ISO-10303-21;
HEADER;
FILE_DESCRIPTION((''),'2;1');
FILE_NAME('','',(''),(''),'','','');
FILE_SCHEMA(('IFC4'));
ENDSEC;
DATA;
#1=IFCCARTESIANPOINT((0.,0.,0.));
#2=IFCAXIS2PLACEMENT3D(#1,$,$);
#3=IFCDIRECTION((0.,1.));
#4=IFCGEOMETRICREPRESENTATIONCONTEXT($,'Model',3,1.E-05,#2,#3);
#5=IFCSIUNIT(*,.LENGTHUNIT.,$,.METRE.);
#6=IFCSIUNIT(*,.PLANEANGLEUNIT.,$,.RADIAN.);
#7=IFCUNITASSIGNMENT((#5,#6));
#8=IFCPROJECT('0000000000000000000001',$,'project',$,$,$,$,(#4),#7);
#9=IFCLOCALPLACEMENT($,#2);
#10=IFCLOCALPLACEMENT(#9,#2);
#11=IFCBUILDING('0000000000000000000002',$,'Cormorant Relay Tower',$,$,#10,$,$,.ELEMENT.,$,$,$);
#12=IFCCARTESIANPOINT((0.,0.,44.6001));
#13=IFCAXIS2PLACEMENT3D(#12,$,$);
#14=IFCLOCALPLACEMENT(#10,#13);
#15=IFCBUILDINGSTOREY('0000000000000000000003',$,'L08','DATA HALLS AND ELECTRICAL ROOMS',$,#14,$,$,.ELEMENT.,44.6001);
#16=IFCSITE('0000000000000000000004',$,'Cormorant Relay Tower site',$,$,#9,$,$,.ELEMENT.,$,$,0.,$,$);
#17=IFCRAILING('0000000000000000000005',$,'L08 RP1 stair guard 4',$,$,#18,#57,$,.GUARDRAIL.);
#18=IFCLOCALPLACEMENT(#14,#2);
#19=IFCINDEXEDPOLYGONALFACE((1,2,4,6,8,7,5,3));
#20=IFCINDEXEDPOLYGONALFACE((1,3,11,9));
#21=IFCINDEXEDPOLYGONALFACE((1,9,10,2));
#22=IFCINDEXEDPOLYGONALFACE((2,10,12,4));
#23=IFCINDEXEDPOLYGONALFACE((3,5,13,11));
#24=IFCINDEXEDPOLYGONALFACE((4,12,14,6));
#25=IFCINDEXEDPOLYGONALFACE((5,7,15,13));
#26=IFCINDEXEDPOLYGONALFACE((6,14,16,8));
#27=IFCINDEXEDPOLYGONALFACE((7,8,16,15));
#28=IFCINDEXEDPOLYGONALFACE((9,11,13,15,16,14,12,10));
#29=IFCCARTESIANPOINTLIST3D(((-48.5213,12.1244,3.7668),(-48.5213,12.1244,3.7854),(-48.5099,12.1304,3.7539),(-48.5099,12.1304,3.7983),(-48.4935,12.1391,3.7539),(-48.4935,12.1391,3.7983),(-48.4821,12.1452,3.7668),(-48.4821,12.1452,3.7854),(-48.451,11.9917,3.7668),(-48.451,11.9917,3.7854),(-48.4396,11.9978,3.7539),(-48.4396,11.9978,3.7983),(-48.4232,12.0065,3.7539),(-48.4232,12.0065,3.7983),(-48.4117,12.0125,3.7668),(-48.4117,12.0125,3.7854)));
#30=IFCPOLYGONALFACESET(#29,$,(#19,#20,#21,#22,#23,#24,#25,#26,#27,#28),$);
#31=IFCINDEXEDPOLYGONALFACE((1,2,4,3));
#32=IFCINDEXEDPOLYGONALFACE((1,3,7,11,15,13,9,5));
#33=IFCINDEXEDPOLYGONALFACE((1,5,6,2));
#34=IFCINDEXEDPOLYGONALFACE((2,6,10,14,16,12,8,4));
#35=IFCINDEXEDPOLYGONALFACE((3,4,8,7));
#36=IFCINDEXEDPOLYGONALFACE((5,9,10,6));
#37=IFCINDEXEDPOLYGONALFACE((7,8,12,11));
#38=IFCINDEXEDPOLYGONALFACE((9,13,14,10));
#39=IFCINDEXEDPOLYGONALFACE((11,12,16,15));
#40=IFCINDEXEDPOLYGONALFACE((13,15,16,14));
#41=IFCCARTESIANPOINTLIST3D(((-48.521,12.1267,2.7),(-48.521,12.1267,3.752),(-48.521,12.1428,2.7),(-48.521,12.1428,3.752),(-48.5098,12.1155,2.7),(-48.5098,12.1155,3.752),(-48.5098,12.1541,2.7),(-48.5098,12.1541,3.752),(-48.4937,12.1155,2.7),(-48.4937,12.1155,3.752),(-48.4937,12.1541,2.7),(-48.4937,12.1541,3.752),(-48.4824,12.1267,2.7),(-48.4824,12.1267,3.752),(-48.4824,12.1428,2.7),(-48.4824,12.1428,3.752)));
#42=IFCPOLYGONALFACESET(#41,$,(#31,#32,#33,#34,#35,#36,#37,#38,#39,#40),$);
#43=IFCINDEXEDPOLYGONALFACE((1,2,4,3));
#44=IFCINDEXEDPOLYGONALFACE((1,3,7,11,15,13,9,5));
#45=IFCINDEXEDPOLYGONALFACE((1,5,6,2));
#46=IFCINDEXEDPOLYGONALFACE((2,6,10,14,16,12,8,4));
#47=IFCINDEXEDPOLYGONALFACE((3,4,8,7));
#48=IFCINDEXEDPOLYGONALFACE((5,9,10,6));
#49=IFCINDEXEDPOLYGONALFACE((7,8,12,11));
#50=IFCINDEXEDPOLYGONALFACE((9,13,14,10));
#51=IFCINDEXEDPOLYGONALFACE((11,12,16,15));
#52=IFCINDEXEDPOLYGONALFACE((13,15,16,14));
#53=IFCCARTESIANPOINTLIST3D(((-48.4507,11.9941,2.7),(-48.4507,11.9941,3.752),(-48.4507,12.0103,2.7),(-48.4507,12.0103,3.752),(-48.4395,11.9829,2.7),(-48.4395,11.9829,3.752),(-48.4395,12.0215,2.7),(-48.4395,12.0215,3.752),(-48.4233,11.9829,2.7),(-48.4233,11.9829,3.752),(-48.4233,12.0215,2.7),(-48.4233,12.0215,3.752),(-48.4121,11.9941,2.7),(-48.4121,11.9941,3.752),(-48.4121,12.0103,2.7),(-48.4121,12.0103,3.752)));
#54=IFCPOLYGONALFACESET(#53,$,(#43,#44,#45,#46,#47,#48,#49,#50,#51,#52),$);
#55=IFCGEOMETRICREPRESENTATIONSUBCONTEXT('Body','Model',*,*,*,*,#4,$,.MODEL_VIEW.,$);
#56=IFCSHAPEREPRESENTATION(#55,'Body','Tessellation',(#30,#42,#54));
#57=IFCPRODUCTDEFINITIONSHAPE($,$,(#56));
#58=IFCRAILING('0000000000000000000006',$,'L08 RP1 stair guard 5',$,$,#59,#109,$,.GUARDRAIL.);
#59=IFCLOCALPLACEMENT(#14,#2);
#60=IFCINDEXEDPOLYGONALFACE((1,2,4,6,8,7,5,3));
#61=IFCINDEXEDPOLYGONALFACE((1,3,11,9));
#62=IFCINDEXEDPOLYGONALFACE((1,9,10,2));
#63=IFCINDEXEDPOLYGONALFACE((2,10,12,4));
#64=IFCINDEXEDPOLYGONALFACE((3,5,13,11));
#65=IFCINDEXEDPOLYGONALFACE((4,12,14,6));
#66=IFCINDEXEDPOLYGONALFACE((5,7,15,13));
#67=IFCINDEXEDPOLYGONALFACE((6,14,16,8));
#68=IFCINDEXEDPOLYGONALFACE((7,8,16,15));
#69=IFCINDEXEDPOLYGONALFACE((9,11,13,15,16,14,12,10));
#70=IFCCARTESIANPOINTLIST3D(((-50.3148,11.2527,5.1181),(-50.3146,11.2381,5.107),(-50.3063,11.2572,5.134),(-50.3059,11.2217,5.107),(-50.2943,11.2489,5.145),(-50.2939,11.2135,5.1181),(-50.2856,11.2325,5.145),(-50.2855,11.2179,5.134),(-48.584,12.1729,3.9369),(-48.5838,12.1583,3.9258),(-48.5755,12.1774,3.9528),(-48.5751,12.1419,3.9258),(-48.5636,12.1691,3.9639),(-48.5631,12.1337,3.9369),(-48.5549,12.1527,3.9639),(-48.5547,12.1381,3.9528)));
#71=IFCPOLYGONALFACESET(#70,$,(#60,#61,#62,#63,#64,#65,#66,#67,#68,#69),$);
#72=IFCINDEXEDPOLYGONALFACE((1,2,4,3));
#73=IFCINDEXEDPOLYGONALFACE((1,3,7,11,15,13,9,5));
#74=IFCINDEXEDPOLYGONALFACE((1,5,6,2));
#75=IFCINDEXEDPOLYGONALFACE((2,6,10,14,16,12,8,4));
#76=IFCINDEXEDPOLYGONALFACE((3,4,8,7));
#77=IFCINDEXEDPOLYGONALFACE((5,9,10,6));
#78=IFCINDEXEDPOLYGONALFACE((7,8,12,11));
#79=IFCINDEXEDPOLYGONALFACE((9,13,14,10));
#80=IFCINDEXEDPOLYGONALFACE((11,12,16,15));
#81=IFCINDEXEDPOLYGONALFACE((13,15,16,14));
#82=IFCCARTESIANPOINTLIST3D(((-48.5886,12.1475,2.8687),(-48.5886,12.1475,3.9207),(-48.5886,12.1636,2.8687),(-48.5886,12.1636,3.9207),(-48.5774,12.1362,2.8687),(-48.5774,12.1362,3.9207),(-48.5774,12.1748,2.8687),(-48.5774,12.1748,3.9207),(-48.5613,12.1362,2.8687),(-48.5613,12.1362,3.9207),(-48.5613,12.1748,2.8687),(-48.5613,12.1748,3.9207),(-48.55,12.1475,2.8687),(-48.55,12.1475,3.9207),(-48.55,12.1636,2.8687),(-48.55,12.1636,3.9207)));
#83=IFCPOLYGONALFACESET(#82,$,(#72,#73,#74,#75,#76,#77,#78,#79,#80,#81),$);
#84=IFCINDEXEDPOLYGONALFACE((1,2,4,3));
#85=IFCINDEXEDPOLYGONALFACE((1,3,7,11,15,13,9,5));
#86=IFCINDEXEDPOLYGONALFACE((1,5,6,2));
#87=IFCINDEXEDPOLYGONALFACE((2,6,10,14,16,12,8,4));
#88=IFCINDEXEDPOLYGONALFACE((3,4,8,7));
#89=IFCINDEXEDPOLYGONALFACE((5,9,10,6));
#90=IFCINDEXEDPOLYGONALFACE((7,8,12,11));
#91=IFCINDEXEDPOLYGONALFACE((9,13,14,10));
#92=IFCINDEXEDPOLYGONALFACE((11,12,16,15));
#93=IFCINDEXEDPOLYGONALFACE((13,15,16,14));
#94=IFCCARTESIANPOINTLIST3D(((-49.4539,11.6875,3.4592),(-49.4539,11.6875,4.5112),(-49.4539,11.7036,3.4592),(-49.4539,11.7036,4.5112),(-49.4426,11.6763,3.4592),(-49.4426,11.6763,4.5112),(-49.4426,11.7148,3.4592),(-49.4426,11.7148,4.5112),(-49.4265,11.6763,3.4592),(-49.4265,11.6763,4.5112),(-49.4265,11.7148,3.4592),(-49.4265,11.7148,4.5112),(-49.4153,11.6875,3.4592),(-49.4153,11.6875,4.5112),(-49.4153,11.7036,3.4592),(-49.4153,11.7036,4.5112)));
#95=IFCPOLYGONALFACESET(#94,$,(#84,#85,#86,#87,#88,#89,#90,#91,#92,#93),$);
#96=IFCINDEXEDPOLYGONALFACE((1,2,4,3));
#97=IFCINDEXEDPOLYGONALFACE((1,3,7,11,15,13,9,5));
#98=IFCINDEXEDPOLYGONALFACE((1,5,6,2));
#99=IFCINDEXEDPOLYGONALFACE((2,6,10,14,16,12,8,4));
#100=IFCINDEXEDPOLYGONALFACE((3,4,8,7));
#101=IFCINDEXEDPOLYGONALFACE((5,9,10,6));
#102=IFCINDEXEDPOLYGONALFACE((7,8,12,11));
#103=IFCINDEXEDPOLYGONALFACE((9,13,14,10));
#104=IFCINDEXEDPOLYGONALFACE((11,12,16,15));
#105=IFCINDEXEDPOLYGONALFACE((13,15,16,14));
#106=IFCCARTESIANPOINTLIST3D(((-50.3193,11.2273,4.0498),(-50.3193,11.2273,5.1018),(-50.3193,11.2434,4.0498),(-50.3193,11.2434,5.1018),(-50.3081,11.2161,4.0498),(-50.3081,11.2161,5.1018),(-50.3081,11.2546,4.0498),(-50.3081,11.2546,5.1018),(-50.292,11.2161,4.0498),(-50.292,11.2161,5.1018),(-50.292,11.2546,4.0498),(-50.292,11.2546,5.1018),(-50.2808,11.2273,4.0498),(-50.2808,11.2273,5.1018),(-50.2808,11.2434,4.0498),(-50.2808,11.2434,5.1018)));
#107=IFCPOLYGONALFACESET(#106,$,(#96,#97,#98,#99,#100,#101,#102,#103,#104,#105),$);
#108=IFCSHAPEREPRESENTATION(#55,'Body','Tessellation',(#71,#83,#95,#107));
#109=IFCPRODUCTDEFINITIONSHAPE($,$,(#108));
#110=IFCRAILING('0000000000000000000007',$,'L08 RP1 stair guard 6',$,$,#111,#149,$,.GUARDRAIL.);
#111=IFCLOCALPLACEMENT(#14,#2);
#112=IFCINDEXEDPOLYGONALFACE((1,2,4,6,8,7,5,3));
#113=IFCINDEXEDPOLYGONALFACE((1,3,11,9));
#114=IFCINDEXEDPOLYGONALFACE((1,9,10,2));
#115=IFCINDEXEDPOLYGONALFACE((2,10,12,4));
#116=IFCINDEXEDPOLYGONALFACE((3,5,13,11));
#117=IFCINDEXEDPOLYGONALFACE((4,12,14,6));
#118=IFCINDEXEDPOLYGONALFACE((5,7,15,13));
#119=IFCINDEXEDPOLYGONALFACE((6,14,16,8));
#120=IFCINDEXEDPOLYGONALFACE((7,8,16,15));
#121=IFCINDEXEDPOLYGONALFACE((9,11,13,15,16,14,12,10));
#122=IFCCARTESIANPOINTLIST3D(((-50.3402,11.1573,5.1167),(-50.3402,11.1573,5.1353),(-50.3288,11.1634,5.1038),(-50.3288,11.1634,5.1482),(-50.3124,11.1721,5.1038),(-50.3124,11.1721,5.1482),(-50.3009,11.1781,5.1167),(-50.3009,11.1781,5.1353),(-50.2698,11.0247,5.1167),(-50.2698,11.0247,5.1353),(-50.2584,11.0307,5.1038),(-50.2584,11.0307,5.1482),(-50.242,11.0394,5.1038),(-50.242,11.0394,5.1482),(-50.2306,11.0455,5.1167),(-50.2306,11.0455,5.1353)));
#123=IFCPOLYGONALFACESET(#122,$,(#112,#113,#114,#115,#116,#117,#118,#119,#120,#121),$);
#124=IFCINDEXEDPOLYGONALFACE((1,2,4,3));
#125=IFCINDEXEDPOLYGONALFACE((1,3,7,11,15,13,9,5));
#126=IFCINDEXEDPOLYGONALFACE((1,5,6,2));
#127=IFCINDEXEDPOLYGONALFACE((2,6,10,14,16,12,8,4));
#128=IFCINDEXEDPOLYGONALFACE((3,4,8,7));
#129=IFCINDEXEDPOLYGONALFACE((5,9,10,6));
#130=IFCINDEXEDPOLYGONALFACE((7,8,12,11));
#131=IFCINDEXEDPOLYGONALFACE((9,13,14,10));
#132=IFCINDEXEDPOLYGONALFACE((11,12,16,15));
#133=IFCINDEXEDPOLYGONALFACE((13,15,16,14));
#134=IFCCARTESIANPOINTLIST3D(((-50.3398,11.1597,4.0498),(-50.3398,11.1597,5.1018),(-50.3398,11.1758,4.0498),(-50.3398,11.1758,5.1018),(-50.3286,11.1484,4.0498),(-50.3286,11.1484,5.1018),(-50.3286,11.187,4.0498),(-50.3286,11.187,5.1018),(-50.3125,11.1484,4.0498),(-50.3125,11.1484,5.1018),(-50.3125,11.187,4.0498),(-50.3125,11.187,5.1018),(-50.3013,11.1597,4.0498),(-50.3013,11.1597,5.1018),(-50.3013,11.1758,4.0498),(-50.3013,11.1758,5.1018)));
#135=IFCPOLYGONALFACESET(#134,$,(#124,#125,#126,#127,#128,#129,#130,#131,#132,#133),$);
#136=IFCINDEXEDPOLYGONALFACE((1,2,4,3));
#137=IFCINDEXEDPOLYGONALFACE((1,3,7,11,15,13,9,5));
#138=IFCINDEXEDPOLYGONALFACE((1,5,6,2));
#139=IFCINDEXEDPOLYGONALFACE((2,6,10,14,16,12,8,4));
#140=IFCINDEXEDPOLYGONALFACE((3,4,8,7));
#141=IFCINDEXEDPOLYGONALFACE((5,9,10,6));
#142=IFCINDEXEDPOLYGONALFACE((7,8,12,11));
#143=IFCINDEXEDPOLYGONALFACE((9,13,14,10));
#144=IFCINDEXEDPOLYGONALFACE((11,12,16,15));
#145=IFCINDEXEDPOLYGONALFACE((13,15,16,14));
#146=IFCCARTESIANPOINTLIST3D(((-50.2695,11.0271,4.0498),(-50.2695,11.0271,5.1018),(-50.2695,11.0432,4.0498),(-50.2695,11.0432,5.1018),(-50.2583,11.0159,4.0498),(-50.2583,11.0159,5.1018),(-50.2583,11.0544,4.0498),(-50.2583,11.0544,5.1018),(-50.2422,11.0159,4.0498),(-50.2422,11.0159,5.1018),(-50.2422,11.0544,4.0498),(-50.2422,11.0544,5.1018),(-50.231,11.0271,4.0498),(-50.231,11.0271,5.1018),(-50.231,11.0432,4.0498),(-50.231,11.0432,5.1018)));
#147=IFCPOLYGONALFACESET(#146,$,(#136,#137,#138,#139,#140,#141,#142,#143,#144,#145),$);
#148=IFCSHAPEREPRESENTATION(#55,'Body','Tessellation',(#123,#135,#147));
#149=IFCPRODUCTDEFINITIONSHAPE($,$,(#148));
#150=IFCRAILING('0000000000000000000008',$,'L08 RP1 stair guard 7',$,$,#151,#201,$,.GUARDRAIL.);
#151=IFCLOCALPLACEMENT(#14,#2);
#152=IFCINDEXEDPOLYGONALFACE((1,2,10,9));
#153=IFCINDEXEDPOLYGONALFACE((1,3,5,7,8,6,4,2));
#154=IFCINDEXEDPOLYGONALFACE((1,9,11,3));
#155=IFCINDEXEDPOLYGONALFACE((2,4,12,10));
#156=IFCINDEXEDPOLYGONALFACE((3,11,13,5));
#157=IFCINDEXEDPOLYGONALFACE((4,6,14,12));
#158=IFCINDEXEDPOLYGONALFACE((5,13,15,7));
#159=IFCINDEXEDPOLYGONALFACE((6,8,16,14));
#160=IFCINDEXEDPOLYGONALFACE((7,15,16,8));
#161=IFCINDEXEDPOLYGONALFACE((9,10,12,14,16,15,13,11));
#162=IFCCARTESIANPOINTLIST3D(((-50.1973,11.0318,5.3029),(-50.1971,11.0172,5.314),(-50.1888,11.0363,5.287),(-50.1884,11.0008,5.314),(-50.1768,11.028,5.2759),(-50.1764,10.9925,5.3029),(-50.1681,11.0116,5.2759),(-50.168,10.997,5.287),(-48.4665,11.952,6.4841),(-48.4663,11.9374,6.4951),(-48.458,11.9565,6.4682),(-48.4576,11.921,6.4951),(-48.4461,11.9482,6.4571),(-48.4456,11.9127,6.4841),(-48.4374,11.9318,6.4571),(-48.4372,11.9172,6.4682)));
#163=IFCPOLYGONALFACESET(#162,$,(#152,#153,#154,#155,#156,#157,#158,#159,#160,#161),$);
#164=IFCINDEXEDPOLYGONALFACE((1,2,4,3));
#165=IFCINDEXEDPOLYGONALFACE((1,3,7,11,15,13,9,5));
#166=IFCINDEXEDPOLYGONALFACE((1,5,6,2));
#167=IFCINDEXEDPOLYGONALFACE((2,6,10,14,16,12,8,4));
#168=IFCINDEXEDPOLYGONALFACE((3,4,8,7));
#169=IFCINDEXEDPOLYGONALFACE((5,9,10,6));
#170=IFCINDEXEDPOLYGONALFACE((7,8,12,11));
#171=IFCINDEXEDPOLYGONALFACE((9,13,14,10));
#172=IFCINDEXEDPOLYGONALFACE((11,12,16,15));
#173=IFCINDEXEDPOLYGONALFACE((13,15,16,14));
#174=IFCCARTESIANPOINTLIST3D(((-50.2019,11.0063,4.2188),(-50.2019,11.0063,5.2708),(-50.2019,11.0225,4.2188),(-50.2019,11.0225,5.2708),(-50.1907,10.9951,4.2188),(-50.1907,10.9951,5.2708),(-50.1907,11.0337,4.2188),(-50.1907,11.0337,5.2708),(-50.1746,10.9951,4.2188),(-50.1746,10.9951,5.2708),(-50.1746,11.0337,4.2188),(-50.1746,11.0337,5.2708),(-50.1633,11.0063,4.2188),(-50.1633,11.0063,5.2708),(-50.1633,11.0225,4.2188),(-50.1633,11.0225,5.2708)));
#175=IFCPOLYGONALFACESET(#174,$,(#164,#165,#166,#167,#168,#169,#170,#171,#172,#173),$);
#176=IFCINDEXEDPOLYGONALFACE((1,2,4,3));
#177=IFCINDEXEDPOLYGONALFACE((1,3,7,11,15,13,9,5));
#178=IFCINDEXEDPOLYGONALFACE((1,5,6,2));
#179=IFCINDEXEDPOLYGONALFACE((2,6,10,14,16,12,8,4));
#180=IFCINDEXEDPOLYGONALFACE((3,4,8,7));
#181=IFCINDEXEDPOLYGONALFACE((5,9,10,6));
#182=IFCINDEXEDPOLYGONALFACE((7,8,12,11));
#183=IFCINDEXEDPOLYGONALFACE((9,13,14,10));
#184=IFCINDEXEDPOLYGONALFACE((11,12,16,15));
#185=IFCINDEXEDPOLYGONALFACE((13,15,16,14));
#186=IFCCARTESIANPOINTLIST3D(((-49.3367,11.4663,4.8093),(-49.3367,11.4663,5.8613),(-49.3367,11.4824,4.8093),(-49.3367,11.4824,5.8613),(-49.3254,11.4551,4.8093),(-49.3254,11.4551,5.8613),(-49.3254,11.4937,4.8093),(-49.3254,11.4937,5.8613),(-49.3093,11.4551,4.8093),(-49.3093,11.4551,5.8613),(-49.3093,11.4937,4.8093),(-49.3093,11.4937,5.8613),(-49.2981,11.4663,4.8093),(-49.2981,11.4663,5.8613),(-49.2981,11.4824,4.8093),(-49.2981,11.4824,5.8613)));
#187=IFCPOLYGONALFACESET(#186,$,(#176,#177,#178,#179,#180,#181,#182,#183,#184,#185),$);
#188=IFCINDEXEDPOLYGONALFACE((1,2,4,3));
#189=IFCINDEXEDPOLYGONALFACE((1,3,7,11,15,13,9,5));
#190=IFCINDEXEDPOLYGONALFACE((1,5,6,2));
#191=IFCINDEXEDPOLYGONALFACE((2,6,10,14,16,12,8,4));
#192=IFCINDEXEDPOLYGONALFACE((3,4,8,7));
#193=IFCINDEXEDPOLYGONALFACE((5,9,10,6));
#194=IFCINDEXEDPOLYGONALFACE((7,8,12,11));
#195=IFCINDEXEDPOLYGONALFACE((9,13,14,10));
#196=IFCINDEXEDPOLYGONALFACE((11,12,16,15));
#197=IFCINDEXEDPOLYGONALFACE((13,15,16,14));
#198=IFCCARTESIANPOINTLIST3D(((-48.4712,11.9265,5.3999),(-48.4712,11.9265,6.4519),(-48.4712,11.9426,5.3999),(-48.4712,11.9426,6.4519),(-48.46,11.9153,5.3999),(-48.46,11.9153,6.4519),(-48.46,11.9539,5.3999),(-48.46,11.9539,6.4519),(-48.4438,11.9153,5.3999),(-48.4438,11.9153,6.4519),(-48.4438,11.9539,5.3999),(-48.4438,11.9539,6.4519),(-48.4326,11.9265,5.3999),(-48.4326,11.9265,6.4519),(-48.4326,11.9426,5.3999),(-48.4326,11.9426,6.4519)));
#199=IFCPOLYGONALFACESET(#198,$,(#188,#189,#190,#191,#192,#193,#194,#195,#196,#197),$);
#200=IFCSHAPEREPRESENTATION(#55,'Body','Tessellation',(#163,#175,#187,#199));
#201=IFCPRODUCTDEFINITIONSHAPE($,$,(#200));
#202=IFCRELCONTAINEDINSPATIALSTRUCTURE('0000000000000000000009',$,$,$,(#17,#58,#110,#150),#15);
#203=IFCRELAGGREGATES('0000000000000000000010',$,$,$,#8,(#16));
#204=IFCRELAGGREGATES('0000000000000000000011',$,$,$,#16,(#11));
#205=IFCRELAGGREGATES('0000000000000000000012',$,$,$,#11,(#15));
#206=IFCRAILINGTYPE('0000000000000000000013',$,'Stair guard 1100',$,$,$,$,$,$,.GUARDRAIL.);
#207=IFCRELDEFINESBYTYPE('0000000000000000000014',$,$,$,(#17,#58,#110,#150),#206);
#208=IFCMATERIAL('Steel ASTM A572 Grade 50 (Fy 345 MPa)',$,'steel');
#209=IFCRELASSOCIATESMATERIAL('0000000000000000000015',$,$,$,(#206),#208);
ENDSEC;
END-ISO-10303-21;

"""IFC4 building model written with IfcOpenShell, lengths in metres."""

from ifc_helpers import new_model, si_unit, direction, frame, origin, place, context, subcontext, project, spatial, polyline, outline, extrude, material, type_object, element, save


model = new_model("IFC4")

# Units and contexts
model_context = context("Model", 3, precision=1e-05, world=origin(), true_north=direction((0.0, 1.0)))
body_context = subcontext(model_context, "Body", "Model", "MODEL_VIEW")
ifc_project = project(units=[si_unit("LENGTHUNIT", "METRE"), si_unit("PLANEANGLEUNIT", "RADIAN")], contexts=[model_context])

# Site, building, storey
site_placement = place(None, origin())
site = spatial("IfcSite", under=ifc_project, at=site_placement, Name="Cormorant Relay Tower site", CompositionType="ELEMENT", RefElevation=0.0)
building_placement = place(site_placement, origin())
building = spatial("IfcBuilding", under=site, at=building_placement, Name="Cormorant Relay Tower", CompositionType="ELEMENT")
storey_placement = place(building_placement, frame((0.0, 0.0, 44.6001)))
storey = spatial("IfcBuildingStorey", under=building, at=storey_placement, Name="L08", Description="DATA HALLS AND ELECTRICAL ROOMS", CompositionType="ELEMENT", Elevation=44.6001)

# Railings
ifc_material_1 = material(Name="Steel ASTM A572 Grade 50 (Fy 345 MPa)", Category="steel")
railing_type_1 = type_object("IfcRailingType", Name="Stair guard 1100", PredefinedType="GUARDRAIL", material=ifc_material_1)
railing_1_placement = place(storey_placement, frame((-48.5017, 12.1348, 2.7)))
element("IfcRailing", 1, at=railing_1_placement, inside=storey, type_object=railing_type_1, Name="L08 RP1 stair guard 4", PredefinedType="GUARDRAIL", context=body_context, shape_type="SweptSolid", body=[
    extrude(outline(polyline([(0.0222, 0.0093), (0.0093, 0.0222), (-0.0093, 0.0222), (-0.0222, 0.0093), (-0.0222, -0.0093), (-0.0093, -0.0222), (0.0093, -0.0222), (0.0222, -0.0093), (0.0222, 0.0093)])), frame((0.0, 0.0, 1.0762), z_axis=(0.46856, -0.883431, 0.0), x_axis=(0.883431, 0.46856, 0.0)), (0.0, 0.0, 1.0), 0.1501),
    extrude(outline(polyline([(0.0193, 0.0081), (0.0081, 0.0193), (-0.0081, 0.0193), (-0.0193, 0.0081), (-0.0193, -0.0081), (-0.0081, -0.0193), (0.0081, -0.0193), (0.0193, -0.0081), (0.0193, 0.0081)])), origin(), (0.0, 0.0, 1.0), 1.052),
    extrude(outline(polyline([(0.0193, 0.0081), (0.0081, 0.0193), (-0.0081, 0.0193), (-0.0193, 0.0081), (-0.0193, -0.0081), (-0.0081, -0.0193), (0.0081, -0.0193), (0.0193, -0.0081), (0.0193, 0.0081)])), frame((0.0703, -0.1326, 0.0)), (0.0, 0.0, 1.0), 1.052),
])
railing_2_placement = place(storey_placement, frame((-48.5693, 12.1555, 2.8687)))
element("IfcRailing", 2, at=railing_2_placement, inside=storey, type_object=railing_type_1, Name="L08 RP1 stair guard 5", PredefinedType="GUARDRAIL", context=body_context, shape_type="SweptSolid", body=[
    extrude(outline(polyline([(0.0222, 0.0093), (0.0093, 0.0222), (-0.0093, 0.0222), (-0.0222, 0.0093), (-0.0222, -0.0093), (-0.0093, -0.0222), (0.0093, -0.0222), (0.0222, -0.0093), (0.0222, 0.0093)])), frame((0.0, 0.0, 1.0762), z_axis=(-0.756268, -0.402084, 0.516127), x_axis=(0.469444, -0.882962, 0.0)), (0.0, 0.0, 1.0), 2.2886),
    extrude(outline(polyline([(0.0193, 0.0081), (0.0081, 0.0193), (-0.0081, 0.0193), (-0.0193, 0.0081), (-0.0193, -0.0081), (-0.0081, -0.0193), (0.0081, -0.0193), (0.0193, -0.0081), (0.0193, 0.0081)])), origin(), (0.0, 0.0, 1.0), 1.052),
    extrude(outline(polyline([(0.0193, 0.0081), (0.0081, 0.0193), (-0.0081, 0.0193), (-0.0193, 0.0081), (-0.0193, -0.0081), (-0.0081, -0.0193), (0.0081, -0.0193), (0.0193, -0.0081), (0.0193, 0.0081)])), frame((-0.8652, -0.46, 0.5906)), (0.0, 0.0, 1.0), 1.052),
    extrude(outline(polyline([(0.0193, 0.0081), (0.0081, 0.0193), (-0.0081, 0.0193), (-0.0193, 0.0081), (-0.0193, -0.0081), (-0.0081, -0.0193), (0.0081, -0.0193), (0.0193, -0.0081), (0.0193, 0.0081)])), frame((-1.7307, -0.9202, 1.1812)), (0.0, 0.0, 1.0), 1.052),
])
railing_3_placement = place(storey_placement, frame((-50.3206, 11.1677, 4.0498)))
element("IfcRailing", 3, at=railing_3_placement, inside=storey, type_object=railing_type_1, Name="L08 RP1 stair guard 6", PredefinedType="GUARDRAIL", context=body_context, shape_type="SweptSolid", body=[
    extrude(outline(polyline([(0.0222, 0.0093), (0.0093, 0.0222), (-0.0093, 0.0222), (-0.0222, 0.0093), (-0.0222, -0.0093), (-0.0093, -0.0222), (0.0093, -0.0222), (0.0222, -0.0093), (0.0222, 0.0093)])), frame((0.0, 0.0, 1.0762), z_axis=(0.46856, -0.883431, 0.0), x_axis=(0.883431, 0.46856, 0.0)), (0.0, 0.0, 1.0), 0.1501),
    extrude(outline(polyline([(0.0193, 0.0081), (0.0081, 0.0193), (-0.0081, 0.0193), (-0.0193, 0.0081), (-0.0193, -0.0081), (-0.0081, -0.0193), (0.0081, -0.0193), (0.0193, -0.0081), (0.0193, 0.0081)])), origin(), (0.0, 0.0, 1.0), 1.052),
    extrude(outline(polyline([(0.0193, 0.0081), (0.0081, 0.0193), (-0.0081, 0.0193), (-0.0193, 0.0081), (-0.0193, -0.0081), (-0.0081, -0.0193), (0.0081, -0.0193), (0.0193, -0.0081), (0.0193, 0.0081)])), frame((0.0703, -0.1326, 0.0)), (0.0, 0.0, 1.0), 1.052),
])
railing_4_placement = place(storey_placement, frame((-50.1826, 11.0144, 4.2188)))
element("IfcRailing", 4, at=railing_4_placement, inside=storey, type_object=railing_type_1, Name="L08 RP1 stair guard 7", PredefinedType="GUARDRAIL", context=body_context, shape_type="SweptSolid", body=[
    extrude(outline(polyline([(0.0222, 0.0093), (0.0093, 0.0222), (-0.0093, 0.0222), (-0.0222, 0.0093), (-0.0222, -0.0093), (-0.0093, -0.0222), (0.0093, -0.0222), (0.0222, -0.0093), (0.0222, 0.0093)])), frame((0.0, 0.0, 1.0762), z_axis=(0.756268, 0.402084, 0.516127), x_axis=(-0.469444, 0.882962, 0.0)), (0.0, 0.0, 1.0), 2.2886),
    extrude(outline(polyline([(0.0193, 0.0081), (0.0081, 0.0193), (-0.0081, 0.0193), (-0.0193, 0.0081), (-0.0193, -0.0081), (-0.0081, -0.0193), (0.0081, -0.0193), (0.0193, -0.0081), (0.0193, 0.0081)])), origin(), (0.0, 0.0, 1.0), 1.052),
    extrude(outline(polyline([(0.0193, 0.0081), (0.0081, 0.0193), (-0.0081, 0.0193), (-0.0193, 0.0081), (-0.0193, -0.0081), (-0.0081, -0.0193), (0.0081, -0.0193), (0.0193, -0.0081), (0.0193, 0.0081)])), frame((0.8652, 0.46, 0.5906)), (0.0, 0.0, 1.0), 1.052),
    extrude(outline(polyline([(0.0193, 0.0081), (0.0081, 0.0193), (-0.0081, 0.0193), (-0.0193, 0.0081), (-0.0193, -0.0081), (-0.0081, -0.0193), (0.0081, -0.0193), (0.0193, -0.0081), (0.0193, 0.0081)])), frame((1.7307, 0.9202, 1.1812)), (0.0, 0.0, 1.0), 1.052),
])

save(model, "model.ifc")
